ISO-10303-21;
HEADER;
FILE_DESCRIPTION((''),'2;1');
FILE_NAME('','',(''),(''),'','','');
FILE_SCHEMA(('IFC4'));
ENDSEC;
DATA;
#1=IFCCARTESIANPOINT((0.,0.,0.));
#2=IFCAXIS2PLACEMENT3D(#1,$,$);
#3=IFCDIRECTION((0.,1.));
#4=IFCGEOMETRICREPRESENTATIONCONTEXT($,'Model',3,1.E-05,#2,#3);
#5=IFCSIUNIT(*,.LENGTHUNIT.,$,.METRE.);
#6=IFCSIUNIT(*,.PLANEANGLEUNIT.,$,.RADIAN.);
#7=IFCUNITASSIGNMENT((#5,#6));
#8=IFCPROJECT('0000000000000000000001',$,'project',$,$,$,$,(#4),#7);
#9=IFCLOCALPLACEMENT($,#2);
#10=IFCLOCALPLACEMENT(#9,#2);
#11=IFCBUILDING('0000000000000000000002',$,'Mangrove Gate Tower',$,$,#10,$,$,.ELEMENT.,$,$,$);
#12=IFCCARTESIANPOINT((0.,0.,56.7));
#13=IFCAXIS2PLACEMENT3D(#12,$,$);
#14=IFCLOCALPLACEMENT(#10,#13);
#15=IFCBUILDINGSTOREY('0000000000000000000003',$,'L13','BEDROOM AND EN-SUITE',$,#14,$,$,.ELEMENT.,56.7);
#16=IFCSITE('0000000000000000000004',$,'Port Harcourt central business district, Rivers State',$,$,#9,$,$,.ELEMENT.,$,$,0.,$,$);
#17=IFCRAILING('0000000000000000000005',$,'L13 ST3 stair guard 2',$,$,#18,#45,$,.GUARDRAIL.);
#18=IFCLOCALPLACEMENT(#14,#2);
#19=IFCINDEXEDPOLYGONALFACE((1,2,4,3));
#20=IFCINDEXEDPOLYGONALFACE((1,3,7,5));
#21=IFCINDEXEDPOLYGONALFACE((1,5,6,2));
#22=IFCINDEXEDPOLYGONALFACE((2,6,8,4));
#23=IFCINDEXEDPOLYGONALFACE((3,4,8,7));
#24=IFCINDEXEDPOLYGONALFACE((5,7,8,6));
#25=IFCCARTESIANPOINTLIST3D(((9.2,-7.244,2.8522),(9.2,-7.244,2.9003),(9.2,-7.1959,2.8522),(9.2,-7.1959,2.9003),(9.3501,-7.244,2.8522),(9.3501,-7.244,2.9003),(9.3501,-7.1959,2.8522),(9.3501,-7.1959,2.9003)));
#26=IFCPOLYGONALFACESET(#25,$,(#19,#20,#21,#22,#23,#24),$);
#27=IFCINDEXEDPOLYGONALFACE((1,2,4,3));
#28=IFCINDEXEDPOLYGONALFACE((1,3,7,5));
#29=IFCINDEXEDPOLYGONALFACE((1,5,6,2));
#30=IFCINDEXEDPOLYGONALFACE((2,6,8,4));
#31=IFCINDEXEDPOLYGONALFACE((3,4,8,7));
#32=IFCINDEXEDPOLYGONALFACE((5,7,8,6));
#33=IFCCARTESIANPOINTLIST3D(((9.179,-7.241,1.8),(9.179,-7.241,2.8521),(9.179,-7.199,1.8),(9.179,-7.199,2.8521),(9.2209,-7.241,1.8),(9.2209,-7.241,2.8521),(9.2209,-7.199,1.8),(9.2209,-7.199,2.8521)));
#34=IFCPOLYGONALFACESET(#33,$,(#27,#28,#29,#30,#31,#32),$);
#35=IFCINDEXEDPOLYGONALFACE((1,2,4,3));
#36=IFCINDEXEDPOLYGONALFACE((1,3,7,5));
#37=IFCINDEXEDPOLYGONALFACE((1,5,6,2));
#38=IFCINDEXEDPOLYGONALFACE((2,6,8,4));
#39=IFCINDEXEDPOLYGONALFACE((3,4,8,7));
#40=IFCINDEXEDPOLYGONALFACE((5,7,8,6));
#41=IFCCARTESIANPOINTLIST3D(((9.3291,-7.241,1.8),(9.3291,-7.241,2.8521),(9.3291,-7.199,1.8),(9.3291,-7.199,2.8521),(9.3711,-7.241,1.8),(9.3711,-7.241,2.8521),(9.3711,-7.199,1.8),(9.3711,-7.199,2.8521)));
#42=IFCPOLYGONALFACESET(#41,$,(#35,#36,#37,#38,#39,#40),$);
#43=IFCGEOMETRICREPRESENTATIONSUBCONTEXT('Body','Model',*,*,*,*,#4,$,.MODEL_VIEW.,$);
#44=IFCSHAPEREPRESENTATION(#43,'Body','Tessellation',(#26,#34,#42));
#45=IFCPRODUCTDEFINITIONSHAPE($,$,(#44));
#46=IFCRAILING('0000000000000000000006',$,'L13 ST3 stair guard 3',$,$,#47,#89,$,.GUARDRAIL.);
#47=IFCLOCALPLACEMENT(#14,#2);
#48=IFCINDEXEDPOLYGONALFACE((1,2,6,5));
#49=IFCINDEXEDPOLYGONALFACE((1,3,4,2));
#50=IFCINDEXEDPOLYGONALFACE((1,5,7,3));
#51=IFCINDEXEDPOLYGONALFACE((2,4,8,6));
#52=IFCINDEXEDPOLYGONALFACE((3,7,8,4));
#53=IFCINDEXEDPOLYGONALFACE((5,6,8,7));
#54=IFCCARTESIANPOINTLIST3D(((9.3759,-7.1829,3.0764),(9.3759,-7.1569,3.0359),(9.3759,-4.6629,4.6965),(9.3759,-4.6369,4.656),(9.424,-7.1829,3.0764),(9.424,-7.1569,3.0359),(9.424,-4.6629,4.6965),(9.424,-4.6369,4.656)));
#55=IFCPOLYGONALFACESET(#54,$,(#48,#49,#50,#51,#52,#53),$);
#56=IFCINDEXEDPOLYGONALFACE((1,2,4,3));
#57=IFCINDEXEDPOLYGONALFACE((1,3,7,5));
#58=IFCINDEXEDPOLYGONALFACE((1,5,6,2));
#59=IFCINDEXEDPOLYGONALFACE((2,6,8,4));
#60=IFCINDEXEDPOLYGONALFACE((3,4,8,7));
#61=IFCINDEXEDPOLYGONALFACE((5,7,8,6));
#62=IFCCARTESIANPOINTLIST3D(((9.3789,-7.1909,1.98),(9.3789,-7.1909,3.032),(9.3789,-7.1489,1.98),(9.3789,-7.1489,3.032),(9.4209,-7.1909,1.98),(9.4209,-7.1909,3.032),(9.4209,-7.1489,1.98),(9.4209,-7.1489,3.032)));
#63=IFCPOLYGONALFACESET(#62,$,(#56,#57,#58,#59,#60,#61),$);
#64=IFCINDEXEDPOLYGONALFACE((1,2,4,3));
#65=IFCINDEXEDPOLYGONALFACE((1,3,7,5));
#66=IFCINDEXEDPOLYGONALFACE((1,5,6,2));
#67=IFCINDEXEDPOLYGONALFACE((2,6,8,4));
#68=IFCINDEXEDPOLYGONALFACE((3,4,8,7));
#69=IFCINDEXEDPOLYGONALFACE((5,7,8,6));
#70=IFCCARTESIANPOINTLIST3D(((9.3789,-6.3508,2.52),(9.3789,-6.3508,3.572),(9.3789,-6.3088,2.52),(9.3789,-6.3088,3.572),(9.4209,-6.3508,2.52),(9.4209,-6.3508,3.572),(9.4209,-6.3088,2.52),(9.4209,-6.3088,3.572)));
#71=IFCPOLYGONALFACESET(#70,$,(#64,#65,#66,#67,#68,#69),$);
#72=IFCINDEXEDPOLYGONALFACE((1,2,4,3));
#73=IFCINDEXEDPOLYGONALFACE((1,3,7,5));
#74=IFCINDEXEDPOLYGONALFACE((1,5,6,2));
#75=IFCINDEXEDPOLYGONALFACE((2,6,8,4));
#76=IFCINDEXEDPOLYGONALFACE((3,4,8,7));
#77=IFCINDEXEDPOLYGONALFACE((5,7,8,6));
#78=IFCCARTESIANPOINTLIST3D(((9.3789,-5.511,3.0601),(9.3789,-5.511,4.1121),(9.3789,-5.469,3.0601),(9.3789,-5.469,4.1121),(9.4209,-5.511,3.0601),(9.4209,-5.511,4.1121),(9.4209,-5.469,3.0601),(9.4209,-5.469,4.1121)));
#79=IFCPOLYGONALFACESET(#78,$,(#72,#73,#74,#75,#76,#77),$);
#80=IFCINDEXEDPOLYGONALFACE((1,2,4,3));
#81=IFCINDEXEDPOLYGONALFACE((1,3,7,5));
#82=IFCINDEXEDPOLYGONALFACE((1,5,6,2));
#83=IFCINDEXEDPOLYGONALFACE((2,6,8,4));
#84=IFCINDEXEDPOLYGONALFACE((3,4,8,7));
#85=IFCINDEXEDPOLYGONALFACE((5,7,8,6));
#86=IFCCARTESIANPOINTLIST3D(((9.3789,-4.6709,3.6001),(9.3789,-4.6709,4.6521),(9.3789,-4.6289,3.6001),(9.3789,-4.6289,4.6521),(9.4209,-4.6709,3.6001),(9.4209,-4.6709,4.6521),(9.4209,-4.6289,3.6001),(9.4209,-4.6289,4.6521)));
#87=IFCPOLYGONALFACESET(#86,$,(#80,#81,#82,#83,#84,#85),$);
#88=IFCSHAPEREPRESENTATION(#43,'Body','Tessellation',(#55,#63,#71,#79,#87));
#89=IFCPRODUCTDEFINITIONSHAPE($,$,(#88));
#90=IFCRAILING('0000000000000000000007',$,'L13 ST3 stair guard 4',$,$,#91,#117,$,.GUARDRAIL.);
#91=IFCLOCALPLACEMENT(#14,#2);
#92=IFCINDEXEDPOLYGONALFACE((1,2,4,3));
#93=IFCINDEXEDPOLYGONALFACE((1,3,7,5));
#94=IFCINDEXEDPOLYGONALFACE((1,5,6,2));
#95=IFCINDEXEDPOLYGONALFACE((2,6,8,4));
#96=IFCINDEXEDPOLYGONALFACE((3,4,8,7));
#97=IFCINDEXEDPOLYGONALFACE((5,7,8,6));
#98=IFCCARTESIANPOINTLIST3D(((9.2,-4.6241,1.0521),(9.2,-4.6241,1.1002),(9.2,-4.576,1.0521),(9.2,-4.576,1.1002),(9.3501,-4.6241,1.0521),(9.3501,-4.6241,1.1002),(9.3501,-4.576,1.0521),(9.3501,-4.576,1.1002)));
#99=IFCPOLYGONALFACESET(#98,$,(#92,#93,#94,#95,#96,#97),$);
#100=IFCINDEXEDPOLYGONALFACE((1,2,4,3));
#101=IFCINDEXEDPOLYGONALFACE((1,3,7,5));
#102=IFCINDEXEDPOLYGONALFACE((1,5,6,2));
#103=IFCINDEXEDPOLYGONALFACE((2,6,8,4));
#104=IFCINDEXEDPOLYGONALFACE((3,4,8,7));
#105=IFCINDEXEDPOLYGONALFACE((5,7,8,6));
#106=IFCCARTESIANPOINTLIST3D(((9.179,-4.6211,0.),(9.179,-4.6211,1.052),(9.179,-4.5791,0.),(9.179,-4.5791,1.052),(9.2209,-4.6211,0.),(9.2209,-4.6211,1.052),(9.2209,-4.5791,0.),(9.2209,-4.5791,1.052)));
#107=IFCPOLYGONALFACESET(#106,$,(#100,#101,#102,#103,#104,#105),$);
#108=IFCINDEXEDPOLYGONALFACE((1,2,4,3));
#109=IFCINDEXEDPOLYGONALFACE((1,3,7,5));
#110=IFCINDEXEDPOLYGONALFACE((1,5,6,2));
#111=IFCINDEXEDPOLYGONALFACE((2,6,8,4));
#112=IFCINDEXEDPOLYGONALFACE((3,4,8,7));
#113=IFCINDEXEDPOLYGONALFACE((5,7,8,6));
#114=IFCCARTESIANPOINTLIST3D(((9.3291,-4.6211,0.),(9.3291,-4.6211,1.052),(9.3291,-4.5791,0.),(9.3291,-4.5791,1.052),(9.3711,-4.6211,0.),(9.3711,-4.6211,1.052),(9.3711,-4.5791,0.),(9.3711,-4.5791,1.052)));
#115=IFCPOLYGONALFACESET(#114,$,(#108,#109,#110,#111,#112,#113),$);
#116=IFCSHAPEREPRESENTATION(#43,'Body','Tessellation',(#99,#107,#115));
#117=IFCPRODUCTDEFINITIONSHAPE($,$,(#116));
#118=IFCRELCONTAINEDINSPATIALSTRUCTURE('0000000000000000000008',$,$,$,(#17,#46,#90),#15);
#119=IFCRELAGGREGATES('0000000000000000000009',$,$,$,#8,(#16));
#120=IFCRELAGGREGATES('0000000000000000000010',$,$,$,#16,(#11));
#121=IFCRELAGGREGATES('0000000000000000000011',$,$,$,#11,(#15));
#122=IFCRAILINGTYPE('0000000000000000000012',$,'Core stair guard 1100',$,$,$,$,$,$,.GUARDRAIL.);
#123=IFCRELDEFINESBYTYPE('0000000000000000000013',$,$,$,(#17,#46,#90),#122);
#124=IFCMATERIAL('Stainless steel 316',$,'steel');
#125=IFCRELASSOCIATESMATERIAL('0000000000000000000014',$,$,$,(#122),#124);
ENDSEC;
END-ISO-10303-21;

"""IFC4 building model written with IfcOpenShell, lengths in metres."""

from ifc_helpers import new_model, si_unit, direction, frame, origin, origin_2d, place, context, subcontext, project, spatial, rectangle, extrude, material, type_object, element, save


model = new_model("IFC4")

# Units and contexts
model_context = context("Model", 3, precision=1e-05, world=origin(), true_north=direction((0.0, 1.0)))
body_context = subcontext(model_context, "Body", "Model", "MODEL_VIEW")
ifc_project = project(units=[si_unit("LENGTHUNIT", "METRE"), si_unit("PLANEANGLEUNIT", "RADIAN")], contexts=[model_context])

# Site, building, storey
site_placement = place(None, origin())
site = spatial("IfcSite", under=ifc_project, at=site_placement, Name="Port Harcourt central business district, Rivers State", CompositionType="ELEMENT", RefElevation=0.0)
building_placement = place(site_placement, origin())
building = spatial("IfcBuilding", under=site, at=building_placement, Name="Mangrove Gate Tower", CompositionType="ELEMENT")
storey_placement = place(building_placement, frame((0.0, 0.0, 56.7)))
storey = spatial("IfcBuildingStorey", under=building, at=storey_placement, Name="L13", Description="BEDROOM AND EN-SUITE", CompositionType="ELEMENT", Elevation=56.7)

# Railings
ifc_material_1 = material(Name="Stainless steel 316", Category="steel")
railing_type_1 = type_object("IfcRailingType", Name="Core stair guard 1100", PredefinedType="GUARDRAIL", material=ifc_material_1)
railing_1_placement = place(storey_placement, frame((9.2, -7.22, 1.8)))
element("IfcRailing", 1, at=railing_1_placement, inside=storey, type_object=railing_type_1, Name="L13 ST3 stair guard 2", PredefinedType="GUARDRAIL", context=body_context, shape_type="SweptSolid", body=[
    extrude(rectangle(XDim=0.0481, YDim=0.0481, at=origin_2d()), frame((0.0, 0.0, 1.0762), z_axis=(1.0, 0.0, 0.0), x_axis=(0.0, 1.0, 0.0)), (0.0, 0.0, 1.0), 0.1501),
    extrude(rectangle(XDim=0.042, YDim=0.042, at=origin_2d()), origin(), (0.0, 0.0, 1.0), 1.052),
    extrude(rectangle(XDim=0.042, YDim=0.042, at=origin_2d()), frame((0.1501, 0.0, 0.0)), (0.0, 0.0, 1.0), 1.052),
])
railing_2_placement = place(storey_placement, frame((9.3999, -7.1699, 1.98)))
element("IfcRailing", 2, at=railing_2_placement, inside=storey, type_object=railing_type_1, Name="L13 ST3 stair guard 3", PredefinedType="GUARDRAIL", context=body_context, shape_type="SweptSolid", body=[
    extrude(rectangle(XDim=0.0481, YDim=0.0481, at=origin_2d()), frame((0.0, 0.0, 1.0762), z_axis=(0.0, 0.841163, 0.540782), x_axis=(-1.0, 0.0, 0.0)), (0.0, 0.0, 1.0), 2.9958),
    extrude(rectangle(XDim=0.042, YDim=0.042, at=origin_2d()), origin(), (0.0, 0.0, 1.0), 1.052),
    extrude(rectangle(XDim=0.042, YDim=0.042, at=origin_2d()), frame((0.0, 0.8401, 0.54)), (0.0, 0.0, 1.0), 1.052),
    extrude(rectangle(XDim=0.042, YDim=0.042, at=origin_2d()), frame((0.0, 1.6799, 1.0801)), (0.0, 0.0, 1.0), 1.052),
    extrude(rectangle(XDim=0.042, YDim=0.042, at=origin_2d()), frame((0.0, 2.52, 1.6201)), (0.0, 0.0, 1.0), 1.052),
])
railing_3_placement = place(storey_placement, frame((9.2, -4.6001, 0.0)))
element("IfcRailing", 3, at=railing_3_placement, inside=storey, type_object=railing_type_1, Name="L13 ST3 stair guard 4", PredefinedType="GUARDRAIL", context=body_context, shape_type="SweptSolid", body=[
    extrude(rectangle(XDim=0.0481, YDim=0.0481, at=origin_2d()), frame((0.0, 0.0, 1.0762), z_axis=(1.0, 0.0, 0.0), x_axis=(0.0, 1.0, 0.0)), (0.0, 0.0, 1.0), 0.1501),
    extrude(rectangle(XDim=0.042, YDim=0.042, at=origin_2d()), origin(), (0.0, 0.0, 1.0), 1.052),
    extrude(rectangle(XDim=0.042, YDim=0.042, at=origin_2d()), frame((0.1501, 0.0, 0.0)), (0.0, 0.0, 1.0), 1.052),
])

save(model, "model.ifc")
